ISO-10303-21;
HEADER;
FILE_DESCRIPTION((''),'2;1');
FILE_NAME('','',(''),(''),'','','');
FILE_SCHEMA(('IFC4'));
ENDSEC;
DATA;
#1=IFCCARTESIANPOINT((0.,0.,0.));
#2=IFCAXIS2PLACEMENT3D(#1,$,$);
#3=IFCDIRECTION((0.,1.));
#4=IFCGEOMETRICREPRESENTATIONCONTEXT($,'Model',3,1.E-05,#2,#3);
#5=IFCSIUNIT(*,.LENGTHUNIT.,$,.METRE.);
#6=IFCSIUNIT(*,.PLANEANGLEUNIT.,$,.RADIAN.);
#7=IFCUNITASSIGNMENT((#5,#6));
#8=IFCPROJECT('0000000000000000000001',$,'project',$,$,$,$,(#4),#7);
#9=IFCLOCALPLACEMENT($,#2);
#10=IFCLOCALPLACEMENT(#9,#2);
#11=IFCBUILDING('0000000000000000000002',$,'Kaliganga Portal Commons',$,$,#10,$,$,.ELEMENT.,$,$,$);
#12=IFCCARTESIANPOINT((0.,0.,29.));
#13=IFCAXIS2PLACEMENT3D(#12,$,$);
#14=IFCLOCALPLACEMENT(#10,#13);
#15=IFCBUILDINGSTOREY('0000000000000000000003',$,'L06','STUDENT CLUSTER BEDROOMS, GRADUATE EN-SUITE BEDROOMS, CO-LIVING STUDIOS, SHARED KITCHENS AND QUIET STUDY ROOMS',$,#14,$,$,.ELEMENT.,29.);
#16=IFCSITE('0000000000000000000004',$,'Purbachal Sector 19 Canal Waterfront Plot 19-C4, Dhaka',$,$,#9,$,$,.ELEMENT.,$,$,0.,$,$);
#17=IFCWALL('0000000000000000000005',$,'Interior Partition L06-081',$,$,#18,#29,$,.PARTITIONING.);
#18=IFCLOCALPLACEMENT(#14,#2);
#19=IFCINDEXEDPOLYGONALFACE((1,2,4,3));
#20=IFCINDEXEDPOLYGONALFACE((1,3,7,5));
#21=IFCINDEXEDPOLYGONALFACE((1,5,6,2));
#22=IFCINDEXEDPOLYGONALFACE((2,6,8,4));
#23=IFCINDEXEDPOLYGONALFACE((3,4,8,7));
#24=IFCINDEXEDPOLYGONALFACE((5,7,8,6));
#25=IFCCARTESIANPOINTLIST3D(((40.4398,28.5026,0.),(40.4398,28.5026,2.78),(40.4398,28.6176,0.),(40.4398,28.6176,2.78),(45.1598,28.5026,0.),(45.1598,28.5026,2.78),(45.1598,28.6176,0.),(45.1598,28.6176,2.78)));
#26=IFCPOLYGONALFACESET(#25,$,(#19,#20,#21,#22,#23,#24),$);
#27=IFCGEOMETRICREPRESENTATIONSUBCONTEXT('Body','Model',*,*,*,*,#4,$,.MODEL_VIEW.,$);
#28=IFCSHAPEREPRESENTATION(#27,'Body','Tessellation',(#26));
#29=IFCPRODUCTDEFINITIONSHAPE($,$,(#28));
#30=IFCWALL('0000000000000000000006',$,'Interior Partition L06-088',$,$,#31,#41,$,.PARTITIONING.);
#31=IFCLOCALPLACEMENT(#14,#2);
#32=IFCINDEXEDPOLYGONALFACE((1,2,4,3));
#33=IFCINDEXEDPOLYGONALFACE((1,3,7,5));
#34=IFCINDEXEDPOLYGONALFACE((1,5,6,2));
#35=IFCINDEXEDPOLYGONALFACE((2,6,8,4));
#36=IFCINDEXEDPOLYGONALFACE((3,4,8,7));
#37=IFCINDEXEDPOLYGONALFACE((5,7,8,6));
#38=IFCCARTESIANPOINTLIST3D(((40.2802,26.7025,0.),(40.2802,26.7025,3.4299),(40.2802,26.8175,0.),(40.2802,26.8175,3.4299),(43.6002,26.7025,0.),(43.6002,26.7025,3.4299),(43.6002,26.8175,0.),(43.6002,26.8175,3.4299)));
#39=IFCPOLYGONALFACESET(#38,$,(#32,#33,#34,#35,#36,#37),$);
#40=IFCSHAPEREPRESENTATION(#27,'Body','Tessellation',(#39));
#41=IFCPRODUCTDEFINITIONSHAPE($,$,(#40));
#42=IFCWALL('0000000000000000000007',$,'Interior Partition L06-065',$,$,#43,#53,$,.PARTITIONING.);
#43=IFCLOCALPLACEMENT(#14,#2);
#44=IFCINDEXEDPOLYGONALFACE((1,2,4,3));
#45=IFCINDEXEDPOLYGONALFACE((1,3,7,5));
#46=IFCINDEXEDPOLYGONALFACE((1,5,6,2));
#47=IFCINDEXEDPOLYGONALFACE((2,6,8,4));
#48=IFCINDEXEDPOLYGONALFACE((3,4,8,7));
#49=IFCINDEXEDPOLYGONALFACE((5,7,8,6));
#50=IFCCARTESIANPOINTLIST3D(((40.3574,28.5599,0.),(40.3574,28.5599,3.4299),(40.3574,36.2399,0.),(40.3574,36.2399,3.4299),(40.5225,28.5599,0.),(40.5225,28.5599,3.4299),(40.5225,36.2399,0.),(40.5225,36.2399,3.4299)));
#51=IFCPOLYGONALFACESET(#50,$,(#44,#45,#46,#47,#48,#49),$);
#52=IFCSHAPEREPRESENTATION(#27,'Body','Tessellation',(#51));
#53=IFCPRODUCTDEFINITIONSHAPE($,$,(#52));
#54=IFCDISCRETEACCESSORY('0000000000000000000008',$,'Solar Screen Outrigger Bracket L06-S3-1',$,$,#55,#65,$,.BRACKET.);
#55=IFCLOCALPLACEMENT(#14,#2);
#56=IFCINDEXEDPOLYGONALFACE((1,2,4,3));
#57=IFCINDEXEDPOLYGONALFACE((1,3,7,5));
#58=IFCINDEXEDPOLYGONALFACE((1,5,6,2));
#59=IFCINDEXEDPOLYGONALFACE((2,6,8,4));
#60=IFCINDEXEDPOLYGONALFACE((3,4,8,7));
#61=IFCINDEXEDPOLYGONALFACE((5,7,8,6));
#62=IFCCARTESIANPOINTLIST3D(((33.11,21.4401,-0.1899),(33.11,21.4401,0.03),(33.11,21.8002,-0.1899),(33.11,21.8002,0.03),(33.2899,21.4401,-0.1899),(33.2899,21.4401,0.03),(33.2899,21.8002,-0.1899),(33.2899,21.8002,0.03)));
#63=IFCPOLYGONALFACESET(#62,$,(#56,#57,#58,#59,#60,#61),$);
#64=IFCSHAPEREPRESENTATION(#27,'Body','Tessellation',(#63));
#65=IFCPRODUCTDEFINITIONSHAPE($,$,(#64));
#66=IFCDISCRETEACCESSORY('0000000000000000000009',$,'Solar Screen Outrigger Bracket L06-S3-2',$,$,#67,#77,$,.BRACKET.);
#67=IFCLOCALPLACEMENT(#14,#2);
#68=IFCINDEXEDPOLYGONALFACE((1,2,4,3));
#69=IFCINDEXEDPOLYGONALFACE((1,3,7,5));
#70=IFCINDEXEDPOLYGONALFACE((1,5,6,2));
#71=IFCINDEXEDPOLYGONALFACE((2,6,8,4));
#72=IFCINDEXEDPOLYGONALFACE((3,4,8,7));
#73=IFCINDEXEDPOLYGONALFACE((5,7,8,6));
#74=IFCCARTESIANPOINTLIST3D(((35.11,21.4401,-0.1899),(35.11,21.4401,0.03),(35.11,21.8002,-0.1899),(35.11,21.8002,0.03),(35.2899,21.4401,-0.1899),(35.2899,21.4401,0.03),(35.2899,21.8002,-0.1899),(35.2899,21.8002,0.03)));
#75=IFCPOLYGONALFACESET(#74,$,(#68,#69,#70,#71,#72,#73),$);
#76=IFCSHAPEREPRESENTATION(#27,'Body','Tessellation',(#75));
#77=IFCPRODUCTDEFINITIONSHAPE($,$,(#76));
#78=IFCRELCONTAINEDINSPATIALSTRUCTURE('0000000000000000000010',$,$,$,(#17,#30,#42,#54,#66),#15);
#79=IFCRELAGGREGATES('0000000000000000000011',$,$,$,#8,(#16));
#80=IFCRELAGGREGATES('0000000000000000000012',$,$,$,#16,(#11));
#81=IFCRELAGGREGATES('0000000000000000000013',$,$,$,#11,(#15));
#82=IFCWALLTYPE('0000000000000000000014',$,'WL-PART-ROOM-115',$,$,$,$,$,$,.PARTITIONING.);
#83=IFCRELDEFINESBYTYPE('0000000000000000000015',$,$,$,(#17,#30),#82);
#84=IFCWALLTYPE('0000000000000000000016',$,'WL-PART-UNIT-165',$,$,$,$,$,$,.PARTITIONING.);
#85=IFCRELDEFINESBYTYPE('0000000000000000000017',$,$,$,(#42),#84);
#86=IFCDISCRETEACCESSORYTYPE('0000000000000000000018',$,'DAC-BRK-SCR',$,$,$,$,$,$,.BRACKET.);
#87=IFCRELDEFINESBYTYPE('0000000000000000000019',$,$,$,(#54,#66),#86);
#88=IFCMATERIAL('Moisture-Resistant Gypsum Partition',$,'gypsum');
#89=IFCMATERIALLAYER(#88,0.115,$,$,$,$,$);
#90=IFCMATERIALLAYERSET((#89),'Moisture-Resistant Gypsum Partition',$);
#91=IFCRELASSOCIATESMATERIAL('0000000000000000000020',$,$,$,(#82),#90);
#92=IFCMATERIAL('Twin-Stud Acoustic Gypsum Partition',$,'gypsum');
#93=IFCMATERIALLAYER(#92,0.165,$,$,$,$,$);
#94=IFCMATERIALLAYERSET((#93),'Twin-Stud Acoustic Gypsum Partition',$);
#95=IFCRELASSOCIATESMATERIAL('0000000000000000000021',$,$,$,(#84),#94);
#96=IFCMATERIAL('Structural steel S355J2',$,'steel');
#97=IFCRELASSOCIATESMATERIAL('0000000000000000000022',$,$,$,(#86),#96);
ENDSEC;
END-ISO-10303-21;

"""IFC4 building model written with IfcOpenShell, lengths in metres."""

from ifc_helpers import new_model, si_unit, direction, frame, frame_2d, origin, origin_2d, place, context, subcontext, project, spatial, rectangle, extrude, source, transform, mapped, material, layer, layer_set, type_object, element, save


model = new_model("IFC4")

# Units and contexts
model_context = context("Model", 3, precision=1e-05, world=origin(), true_north=direction((0.0, 1.0)))
body_context = subcontext(model_context, "Body", "Model", "MODEL_VIEW")
ifc_project = project(units=[si_unit("LENGTHUNIT", "METRE"), si_unit("PLANEANGLEUNIT", "RADIAN")], contexts=[model_context])

# Site, building, storey
site_placement = place(None, origin())
site = spatial("IfcSite", under=ifc_project, at=site_placement, Name="Purbachal Sector 19 Canal Waterfront Plot 19-C4, Dhaka", CompositionType="ELEMENT", RefElevation=0.0)
building_placement = place(site_placement, origin())
building = spatial("IfcBuilding", under=site, at=building_placement, Name="Kaliganga Portal Commons", CompositionType="ELEMENT")
storey_placement = place(building_placement, frame((0.0, 0.0, 29.0)))
storey = spatial("IfcBuildingStorey", under=building, at=storey_placement, Name="L06", Description="STUDENT CLUSTER BEDROOMS, GRADUATE EN-SUITE BEDROOMS, CO-LIVING STUDIOS, SHARED KITCHENS AND QUIET STUDY ROOMS", CompositionType="ELEMENT", Elevation=29.0)

# Shared definitions
ifc_material_1 = material(Name="Structural steel S355J2", Category="steel")

# Walls
ifc_material_2 = material(Name="Moisture-Resistant Gypsum Partition", Category="gypsum")
ifc_layer_1 = layer(ifc_material_2, 0.115)
ifc_layer_set_1 = layer_set([ifc_layer_1], Name="Moisture-Resistant Gypsum Partition")
wall_type_1 = type_object("IfcWallType", Name="WL-PART-ROOM-115", PredefinedType="PARTITIONING", material=ifc_layer_set_1)
wall_1_placement = place(storey_placement, frame((40.4399, 28.5601, 0.0), z_axis=(0.0, 0.0, 1.0), x_axis=(1.0, 0.0, 0.0)))
element("IfcWall", 1, at=wall_1_placement, inside=storey, type_object=wall_type_1, Name="Interior Partition L06-081", PredefinedType="PARTITIONING", context=body_context, shape_type="SweptSolid", body=[
    extrude(rectangle(XDim=4.72, YDim=0.115, at=frame_2d((2.3599, 0.0))), origin(), (0.0, 0.0, 1.0), 2.78),
])
wall_2_placement = place(storey_placement, frame((40.28, 26.76, 0.0), z_axis=(0.0, 0.0, 1.0), x_axis=(1.0, 0.0, 0.0)))
element("IfcWall", 2, at=wall_2_placement, inside=storey, type_object=wall_type_1, Name="Interior Partition L06-088", PredefinedType="PARTITIONING", context=body_context, shape_type="SweptSolid", body=[
    extrude(rectangle(XDim=3.3201, YDim=0.115, at=frame_2d((1.6602, 0.0))), origin(), (0.0, 0.0, 1.0), 3.4299),
])
ifc_material_3 = material(Name="Twin-Stud Acoustic Gypsum Partition", Category="gypsum")
ifc_layer_2 = layer(ifc_material_3, 0.165)
ifc_layer_set_2 = layer_set([ifc_layer_2], Name="Twin-Stud Acoustic Gypsum Partition")
wall_type_2 = type_object("IfcWallType", Name="WL-PART-UNIT-165", PredefinedType="PARTITIONING", material=ifc_layer_set_2)
wall_3_placement = place(storey_placement, frame((40.4399, 28.5601, 0.0), z_axis=(0.0, 0.0, 1.0), x_axis=(0.0, 1.0, 0.0)))
element("IfcWall", 3, at=wall_3_placement, inside=storey, type_object=wall_type_2, Name="Interior Partition L06-065", PredefinedType="PARTITIONING", context=body_context, shape_type="SweptSolid", body=[
    extrude(rectangle(XDim=7.6799, YDim=0.165, at=frame_2d((3.8398, 0.0))), origin(), (0.0, 0.0, 1.0), 3.4299),
])

# Discrete accessories
discrete_accessory_type = type_object("IfcDiscreteAccessoryType", Name="DAC-BRK-SCR", PredefinedType="BRACKET", material=ifc_material_1)
shared_shape_1 = source(origin(), body_context, "Body", "SweptSolid", [
    extrude(rectangle(XDim=0.1799, YDim=0.3601, at=origin_2d()), origin(), (0.0, 0.0, 1.0), 0.22),
])
for number, where, z_axis, x_axis, name in (
    (4, (33.2, 21.6201, -0.1899), (0.0, 0.0, 1.0), (1.0, 0.0, 0.0), "Solar Screen Outrigger Bracket L06-S3-1"),
    (5, (35.2, 21.6201, -0.1899), (0.0, 0.0, 1.0), (1.0, 0.0, 0.0), "Solar Screen Outrigger Bracket L06-S3-2"),
):
    element("IfcDiscreteAccessory", number, at=place(storey_placement, frame(where, z_axis=z_axis, x_axis=x_axis)), inside=storey, type_object=discrete_accessory_type, Name=name, PredefinedType="BRACKET", context=body_context, shape_type="MappedRepresentation", body=[
        mapped(shared_shape_1, transform((0.0, 0.0, 0.0), x_axis=(1.0, 0.0, 0.0), y_axis=(0.0, 1.0, 0.0), z_axis=(0.0, 0.0, 1.0), scale=1.0)),
    ])

save(model, "model.ifc")
